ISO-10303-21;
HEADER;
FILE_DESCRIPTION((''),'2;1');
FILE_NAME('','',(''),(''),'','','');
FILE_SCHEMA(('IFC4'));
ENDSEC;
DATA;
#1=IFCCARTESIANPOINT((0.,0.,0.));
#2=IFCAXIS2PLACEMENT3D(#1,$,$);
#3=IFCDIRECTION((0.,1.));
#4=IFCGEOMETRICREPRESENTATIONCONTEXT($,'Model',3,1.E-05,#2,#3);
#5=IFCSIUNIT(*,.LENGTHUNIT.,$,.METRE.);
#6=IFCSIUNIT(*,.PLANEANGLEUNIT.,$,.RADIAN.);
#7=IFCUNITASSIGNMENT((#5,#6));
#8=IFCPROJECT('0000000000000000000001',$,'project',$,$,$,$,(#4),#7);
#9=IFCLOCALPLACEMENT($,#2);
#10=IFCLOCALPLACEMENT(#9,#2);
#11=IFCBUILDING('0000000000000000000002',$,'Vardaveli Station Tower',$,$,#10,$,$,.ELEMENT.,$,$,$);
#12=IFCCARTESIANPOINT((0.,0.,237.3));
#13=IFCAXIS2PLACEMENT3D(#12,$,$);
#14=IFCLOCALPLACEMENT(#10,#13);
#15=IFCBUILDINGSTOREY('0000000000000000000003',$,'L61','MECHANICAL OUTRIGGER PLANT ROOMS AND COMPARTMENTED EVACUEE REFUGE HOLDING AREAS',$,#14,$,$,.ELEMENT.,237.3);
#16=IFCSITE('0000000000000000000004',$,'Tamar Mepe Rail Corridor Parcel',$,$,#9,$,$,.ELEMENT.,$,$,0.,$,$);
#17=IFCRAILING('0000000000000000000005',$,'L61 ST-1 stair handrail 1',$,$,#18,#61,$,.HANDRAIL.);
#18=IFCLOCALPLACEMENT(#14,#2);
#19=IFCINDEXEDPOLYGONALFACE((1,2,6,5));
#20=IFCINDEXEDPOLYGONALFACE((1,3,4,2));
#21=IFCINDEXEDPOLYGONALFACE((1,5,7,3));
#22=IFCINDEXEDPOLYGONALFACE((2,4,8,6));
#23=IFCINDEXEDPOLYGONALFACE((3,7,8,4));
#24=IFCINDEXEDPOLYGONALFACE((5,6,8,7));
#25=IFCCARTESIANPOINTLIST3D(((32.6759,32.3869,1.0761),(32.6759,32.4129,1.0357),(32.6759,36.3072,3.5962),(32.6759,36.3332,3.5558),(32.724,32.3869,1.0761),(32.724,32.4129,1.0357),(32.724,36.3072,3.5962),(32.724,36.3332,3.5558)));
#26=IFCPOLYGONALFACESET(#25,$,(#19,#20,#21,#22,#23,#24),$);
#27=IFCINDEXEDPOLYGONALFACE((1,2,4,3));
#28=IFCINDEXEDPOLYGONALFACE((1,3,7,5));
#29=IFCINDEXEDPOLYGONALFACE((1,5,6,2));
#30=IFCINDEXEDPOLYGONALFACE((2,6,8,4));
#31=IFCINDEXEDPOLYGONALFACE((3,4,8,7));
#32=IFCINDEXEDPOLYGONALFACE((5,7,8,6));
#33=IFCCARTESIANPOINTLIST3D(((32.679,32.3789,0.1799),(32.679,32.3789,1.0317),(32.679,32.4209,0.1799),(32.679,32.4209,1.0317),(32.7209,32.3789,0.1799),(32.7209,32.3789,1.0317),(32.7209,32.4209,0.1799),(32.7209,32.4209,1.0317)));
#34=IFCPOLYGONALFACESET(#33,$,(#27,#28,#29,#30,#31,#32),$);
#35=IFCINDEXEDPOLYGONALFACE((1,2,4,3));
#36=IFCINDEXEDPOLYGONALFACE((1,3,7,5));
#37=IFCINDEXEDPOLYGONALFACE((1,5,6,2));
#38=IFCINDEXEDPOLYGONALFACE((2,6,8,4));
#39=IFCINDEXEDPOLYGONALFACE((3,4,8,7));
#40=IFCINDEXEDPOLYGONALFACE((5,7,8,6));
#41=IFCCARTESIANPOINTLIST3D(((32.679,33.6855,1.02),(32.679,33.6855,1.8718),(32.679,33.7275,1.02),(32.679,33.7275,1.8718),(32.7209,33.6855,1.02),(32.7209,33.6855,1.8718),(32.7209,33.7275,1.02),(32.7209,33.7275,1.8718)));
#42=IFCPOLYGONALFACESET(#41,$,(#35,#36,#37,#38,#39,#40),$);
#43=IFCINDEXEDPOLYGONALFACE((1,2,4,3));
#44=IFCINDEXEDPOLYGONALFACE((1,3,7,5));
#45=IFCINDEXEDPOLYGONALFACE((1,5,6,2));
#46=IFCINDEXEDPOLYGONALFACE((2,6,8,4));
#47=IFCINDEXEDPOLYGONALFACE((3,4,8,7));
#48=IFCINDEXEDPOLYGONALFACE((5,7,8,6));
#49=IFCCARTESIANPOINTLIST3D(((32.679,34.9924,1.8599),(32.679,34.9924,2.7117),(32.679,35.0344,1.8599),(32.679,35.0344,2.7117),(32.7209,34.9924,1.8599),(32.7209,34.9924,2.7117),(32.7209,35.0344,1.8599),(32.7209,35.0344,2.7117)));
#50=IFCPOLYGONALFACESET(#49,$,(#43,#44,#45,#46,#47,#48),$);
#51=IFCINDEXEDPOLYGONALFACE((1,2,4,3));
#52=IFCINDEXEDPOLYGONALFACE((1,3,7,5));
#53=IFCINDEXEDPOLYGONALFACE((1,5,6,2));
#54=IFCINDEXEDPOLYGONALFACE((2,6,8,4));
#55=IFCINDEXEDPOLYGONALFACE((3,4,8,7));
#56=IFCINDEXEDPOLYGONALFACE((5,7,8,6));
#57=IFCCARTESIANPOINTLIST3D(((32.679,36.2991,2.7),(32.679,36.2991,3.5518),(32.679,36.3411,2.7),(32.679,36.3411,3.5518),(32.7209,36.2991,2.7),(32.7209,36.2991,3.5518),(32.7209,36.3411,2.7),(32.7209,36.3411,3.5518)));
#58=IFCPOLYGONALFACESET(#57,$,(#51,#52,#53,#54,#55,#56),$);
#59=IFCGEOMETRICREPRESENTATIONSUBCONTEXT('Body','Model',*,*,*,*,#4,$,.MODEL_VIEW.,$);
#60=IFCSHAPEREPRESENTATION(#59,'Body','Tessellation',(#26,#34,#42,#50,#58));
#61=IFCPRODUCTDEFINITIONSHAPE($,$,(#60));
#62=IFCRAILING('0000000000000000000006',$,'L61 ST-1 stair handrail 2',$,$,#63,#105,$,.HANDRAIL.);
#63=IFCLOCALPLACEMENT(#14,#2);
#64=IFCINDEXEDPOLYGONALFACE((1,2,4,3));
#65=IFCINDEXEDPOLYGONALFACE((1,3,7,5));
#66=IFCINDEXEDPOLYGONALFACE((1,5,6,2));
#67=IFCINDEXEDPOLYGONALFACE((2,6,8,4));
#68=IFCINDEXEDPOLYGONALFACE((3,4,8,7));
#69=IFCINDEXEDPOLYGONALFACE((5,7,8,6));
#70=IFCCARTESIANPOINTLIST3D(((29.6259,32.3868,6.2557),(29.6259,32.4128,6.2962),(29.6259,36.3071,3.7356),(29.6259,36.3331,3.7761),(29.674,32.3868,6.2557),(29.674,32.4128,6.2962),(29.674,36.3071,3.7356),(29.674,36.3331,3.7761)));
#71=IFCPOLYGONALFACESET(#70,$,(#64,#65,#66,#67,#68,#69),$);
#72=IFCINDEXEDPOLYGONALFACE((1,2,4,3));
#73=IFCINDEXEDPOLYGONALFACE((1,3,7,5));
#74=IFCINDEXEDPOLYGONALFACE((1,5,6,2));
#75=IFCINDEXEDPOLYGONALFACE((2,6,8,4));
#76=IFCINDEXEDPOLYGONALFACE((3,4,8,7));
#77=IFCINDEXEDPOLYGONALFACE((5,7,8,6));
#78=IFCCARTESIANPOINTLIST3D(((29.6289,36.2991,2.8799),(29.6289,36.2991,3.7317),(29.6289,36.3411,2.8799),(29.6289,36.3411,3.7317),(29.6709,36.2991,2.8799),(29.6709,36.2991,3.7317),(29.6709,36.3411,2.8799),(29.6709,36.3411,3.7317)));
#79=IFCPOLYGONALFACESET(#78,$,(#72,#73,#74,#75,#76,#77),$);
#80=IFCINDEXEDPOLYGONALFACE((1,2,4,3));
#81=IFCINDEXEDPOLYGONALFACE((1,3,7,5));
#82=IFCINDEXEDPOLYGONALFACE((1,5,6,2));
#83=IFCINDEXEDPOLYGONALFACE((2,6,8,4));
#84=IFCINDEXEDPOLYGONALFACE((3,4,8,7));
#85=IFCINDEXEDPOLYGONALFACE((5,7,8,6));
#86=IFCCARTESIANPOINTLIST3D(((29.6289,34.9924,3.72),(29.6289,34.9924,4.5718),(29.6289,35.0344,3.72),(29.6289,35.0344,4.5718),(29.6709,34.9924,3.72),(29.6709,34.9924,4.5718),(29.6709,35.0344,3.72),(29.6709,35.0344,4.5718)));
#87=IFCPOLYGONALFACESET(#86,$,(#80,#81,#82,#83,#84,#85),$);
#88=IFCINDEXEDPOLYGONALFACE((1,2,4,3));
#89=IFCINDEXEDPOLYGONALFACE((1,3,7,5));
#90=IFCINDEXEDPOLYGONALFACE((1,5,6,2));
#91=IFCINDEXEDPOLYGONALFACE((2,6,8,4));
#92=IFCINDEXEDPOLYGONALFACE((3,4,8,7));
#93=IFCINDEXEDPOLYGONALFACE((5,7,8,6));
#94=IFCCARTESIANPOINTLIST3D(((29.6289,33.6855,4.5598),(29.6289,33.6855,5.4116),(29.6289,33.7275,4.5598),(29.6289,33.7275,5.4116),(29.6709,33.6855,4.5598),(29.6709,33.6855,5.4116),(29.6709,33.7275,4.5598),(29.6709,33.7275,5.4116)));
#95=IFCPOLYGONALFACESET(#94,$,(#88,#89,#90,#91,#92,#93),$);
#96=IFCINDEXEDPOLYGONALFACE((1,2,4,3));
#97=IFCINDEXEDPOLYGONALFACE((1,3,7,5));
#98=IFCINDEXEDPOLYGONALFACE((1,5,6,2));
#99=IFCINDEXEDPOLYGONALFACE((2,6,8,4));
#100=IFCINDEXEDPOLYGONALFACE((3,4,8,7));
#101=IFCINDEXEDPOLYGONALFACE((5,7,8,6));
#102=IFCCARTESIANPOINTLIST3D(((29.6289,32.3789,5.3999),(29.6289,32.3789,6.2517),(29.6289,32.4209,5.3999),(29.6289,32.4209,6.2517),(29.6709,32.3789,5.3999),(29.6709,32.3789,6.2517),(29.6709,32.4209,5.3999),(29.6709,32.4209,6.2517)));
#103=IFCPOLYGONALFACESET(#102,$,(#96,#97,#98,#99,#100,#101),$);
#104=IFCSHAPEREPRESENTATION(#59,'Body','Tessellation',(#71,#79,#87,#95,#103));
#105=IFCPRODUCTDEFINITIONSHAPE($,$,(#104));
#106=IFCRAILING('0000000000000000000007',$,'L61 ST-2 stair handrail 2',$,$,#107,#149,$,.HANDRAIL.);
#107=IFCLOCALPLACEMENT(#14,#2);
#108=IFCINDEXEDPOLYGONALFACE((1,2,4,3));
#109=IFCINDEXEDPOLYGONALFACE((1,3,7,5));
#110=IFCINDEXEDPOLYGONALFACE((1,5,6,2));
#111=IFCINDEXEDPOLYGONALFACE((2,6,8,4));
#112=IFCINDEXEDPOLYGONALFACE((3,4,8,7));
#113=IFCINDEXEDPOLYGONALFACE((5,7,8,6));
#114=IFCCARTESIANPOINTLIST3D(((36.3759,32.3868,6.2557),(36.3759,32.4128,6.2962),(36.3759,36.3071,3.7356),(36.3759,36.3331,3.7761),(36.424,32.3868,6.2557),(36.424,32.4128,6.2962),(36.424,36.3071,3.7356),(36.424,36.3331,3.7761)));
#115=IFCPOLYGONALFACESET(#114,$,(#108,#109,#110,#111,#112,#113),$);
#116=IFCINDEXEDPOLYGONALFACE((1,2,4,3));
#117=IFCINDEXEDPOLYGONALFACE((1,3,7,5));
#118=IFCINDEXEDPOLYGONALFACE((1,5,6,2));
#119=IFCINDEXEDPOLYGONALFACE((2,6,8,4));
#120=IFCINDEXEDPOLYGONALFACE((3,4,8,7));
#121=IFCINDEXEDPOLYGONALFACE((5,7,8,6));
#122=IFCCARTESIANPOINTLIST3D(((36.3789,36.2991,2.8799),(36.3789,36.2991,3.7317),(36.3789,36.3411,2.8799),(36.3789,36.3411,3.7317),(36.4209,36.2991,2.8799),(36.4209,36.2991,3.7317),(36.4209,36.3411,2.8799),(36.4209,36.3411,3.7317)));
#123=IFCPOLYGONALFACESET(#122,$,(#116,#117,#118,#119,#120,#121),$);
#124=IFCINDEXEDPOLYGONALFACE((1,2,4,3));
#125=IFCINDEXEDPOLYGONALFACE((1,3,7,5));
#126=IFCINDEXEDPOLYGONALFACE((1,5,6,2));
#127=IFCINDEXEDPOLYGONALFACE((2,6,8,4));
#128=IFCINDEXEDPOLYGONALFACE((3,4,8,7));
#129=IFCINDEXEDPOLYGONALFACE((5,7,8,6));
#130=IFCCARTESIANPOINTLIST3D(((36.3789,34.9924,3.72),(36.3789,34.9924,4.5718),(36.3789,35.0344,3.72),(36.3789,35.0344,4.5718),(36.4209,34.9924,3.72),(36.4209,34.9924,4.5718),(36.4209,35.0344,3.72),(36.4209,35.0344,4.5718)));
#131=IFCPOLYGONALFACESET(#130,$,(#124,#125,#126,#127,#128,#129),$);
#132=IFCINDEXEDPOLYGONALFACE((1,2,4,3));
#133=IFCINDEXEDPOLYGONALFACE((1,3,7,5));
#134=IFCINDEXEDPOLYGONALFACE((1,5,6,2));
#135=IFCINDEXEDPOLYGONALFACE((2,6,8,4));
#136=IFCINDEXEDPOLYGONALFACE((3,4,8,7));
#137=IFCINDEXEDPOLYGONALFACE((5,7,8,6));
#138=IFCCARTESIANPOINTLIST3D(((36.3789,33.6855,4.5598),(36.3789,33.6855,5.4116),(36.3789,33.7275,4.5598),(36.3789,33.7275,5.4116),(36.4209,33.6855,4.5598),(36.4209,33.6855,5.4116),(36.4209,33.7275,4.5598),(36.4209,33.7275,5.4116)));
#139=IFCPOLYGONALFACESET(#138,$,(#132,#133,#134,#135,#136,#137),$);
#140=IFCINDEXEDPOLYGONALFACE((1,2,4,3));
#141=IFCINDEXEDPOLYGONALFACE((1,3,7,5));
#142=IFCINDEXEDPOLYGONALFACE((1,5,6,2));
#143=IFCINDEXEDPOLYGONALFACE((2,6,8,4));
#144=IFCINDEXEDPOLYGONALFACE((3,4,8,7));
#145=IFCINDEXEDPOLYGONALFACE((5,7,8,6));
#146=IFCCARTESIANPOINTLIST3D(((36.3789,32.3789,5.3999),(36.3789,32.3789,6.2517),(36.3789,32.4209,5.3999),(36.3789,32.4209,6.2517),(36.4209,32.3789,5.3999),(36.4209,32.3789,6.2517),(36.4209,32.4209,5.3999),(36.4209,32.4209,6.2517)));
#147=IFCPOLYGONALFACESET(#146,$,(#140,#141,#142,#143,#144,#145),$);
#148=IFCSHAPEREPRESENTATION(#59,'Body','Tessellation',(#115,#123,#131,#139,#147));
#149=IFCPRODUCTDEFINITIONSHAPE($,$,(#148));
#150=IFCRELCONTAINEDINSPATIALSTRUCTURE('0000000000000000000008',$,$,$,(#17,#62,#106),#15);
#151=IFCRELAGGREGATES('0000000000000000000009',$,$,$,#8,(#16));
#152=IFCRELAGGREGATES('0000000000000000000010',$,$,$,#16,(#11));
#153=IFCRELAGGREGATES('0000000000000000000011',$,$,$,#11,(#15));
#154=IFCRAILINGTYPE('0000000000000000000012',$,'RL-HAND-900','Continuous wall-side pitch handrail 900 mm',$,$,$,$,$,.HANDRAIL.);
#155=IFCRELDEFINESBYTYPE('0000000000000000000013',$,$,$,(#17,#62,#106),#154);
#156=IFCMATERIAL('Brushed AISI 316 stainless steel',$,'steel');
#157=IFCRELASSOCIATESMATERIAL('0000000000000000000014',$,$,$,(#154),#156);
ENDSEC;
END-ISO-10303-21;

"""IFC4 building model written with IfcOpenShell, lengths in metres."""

from ifc_helpers import new_model, si_unit, direction, frame, origin, origin_2d, place, context, subcontext, project, spatial, rectangle, extrude, source, transform, mapped, material, type_object, element, save


model = new_model("IFC4")

# Units and contexts
model_context = context("Model", 3, precision=1e-05, world=origin(), true_north=direction((0.0, 1.0)))
body_context = subcontext(model_context, "Body", "Model", "MODEL_VIEW")
ifc_project = project(units=[si_unit("LENGTHUNIT", "METRE"), si_unit("PLANEANGLEUNIT", "RADIAN")], contexts=[model_context])

# Site, building, storey
site_placement = place(None, origin())
site = spatial("IfcSite", under=ifc_project, at=site_placement, Name="Tamar Mepe Rail Corridor Parcel", CompositionType="ELEMENT", RefElevation=0.0)
building_placement = place(site_placement, origin())
building = spatial("IfcBuilding", under=site, at=building_placement, Name="Vardaveli Station Tower", CompositionType="ELEMENT")
storey_placement = place(building_placement, frame((0.0, 0.0, 237.3)))
storey = spatial("IfcBuildingStorey", under=building, at=storey_placement, Name="L61", Description="MECHANICAL OUTRIGGER PLANT ROOMS AND COMPARTMENTED EVACUEE REFUGE HOLDING AREAS", CompositionType="ELEMENT", Elevation=237.3)

# Railings
ifc_material_1 = material(Name="Brushed AISI 316 stainless steel", Category="steel")
railing_type_1 = type_object("IfcRailingType", Name="RL-HAND-900", Description="Continuous wall-side pitch handrail 900 mm", PredefinedType="HANDRAIL", material=ifc_material_1)
shared_shape_1 = source(origin(), body_context, "Body", "SweptSolid", [
    extrude(rectangle(XDim=0.0481, YDim=0.0481, at=origin_2d()), frame((0.0, 0.0, 0.876), z_axis=(0.0, 0.841187, 0.540744), x_axis=(-1.0, 0.0, 0.0)), (0.0, 0.0, 1.0), 4.6604),
    extrude(rectangle(XDim=0.042, YDim=0.042, at=origin_2d()), origin(), (0.0, 0.0, 1.0), 0.8518),
    extrude(rectangle(XDim=0.042, YDim=0.042, at=origin_2d()), frame((0.0, 1.3066, 0.8401)), (0.0, 0.0, 1.0), 0.8518),
    extrude(rectangle(XDim=0.042, YDim=0.042, at=origin_2d()), frame((0.0, 2.6135, 1.6799)), (0.0, 0.0, 1.0), 0.8518),
    extrude(rectangle(XDim=0.042, YDim=0.042, at=origin_2d()), frame((0.0, 3.9202, 2.52)), (0.0, 0.0, 1.0), 0.8518),
])
railing_placement = place(storey_placement, frame((32.7, 32.3999, 0.1799)))
element("IfcRailing", 1, at=railing_placement, inside=storey, type_object=railing_type_1, Name="L61 ST-1 stair handrail 1", PredefinedType="HANDRAIL", context=body_context, shape_type="MappedRepresentation", body=[
    mapped(shared_shape_1, transform((0.0, 0.0, 0.0), scale=1.0)),
])
shared_shape_2 = source(origin(), body_context, "Body", "SweptSolid", [
    extrude(rectangle(XDim=0.0481, YDim=0.0481, at=origin_2d()), frame((0.0, 0.0, 0.876), z_axis=(0.0, -0.841187, 0.540744), x_axis=(1.0, 0.0, 0.0)), (0.0, 0.0, 1.0), 4.6604),
    extrude(rectangle(XDim=0.042, YDim=0.042, at=origin_2d()), origin(), (0.0, 0.0, 1.0), 0.8518),
    extrude(rectangle(XDim=0.042, YDim=0.042, at=origin_2d()), frame((0.0, -1.3066, 0.8401)), (0.0, 0.0, 1.0), 0.8518),
    extrude(rectangle(XDim=0.042, YDim=0.042, at=origin_2d()), frame((0.0, -2.6135, 1.6799)), (0.0, 0.0, 1.0), 0.8518),
    extrude(rectangle(XDim=0.042, YDim=0.042, at=origin_2d()), frame((0.0, -3.9202, 2.52)), (0.0, 0.0, 1.0), 0.8518),
])
for number, where, name in (
    (2, (29.6499, 36.3201, 2.8799), "L61 ST-1 stair handrail 2"),
    (3, (36.3999, 36.3201, 2.8799), "L61 ST-2 stair handrail 2"),
):
    element("IfcRailing", number, at=place(storey_placement, frame(where)), inside=storey, type_object=railing_type_1, Name=name, PredefinedType="HANDRAIL", context=body_context, shape_type="MappedRepresentation", body=[
        mapped(shared_shape_2, transform((0.0, 0.0, 0.0), scale=1.0)),
    ])

save(model, "model.ifc")
